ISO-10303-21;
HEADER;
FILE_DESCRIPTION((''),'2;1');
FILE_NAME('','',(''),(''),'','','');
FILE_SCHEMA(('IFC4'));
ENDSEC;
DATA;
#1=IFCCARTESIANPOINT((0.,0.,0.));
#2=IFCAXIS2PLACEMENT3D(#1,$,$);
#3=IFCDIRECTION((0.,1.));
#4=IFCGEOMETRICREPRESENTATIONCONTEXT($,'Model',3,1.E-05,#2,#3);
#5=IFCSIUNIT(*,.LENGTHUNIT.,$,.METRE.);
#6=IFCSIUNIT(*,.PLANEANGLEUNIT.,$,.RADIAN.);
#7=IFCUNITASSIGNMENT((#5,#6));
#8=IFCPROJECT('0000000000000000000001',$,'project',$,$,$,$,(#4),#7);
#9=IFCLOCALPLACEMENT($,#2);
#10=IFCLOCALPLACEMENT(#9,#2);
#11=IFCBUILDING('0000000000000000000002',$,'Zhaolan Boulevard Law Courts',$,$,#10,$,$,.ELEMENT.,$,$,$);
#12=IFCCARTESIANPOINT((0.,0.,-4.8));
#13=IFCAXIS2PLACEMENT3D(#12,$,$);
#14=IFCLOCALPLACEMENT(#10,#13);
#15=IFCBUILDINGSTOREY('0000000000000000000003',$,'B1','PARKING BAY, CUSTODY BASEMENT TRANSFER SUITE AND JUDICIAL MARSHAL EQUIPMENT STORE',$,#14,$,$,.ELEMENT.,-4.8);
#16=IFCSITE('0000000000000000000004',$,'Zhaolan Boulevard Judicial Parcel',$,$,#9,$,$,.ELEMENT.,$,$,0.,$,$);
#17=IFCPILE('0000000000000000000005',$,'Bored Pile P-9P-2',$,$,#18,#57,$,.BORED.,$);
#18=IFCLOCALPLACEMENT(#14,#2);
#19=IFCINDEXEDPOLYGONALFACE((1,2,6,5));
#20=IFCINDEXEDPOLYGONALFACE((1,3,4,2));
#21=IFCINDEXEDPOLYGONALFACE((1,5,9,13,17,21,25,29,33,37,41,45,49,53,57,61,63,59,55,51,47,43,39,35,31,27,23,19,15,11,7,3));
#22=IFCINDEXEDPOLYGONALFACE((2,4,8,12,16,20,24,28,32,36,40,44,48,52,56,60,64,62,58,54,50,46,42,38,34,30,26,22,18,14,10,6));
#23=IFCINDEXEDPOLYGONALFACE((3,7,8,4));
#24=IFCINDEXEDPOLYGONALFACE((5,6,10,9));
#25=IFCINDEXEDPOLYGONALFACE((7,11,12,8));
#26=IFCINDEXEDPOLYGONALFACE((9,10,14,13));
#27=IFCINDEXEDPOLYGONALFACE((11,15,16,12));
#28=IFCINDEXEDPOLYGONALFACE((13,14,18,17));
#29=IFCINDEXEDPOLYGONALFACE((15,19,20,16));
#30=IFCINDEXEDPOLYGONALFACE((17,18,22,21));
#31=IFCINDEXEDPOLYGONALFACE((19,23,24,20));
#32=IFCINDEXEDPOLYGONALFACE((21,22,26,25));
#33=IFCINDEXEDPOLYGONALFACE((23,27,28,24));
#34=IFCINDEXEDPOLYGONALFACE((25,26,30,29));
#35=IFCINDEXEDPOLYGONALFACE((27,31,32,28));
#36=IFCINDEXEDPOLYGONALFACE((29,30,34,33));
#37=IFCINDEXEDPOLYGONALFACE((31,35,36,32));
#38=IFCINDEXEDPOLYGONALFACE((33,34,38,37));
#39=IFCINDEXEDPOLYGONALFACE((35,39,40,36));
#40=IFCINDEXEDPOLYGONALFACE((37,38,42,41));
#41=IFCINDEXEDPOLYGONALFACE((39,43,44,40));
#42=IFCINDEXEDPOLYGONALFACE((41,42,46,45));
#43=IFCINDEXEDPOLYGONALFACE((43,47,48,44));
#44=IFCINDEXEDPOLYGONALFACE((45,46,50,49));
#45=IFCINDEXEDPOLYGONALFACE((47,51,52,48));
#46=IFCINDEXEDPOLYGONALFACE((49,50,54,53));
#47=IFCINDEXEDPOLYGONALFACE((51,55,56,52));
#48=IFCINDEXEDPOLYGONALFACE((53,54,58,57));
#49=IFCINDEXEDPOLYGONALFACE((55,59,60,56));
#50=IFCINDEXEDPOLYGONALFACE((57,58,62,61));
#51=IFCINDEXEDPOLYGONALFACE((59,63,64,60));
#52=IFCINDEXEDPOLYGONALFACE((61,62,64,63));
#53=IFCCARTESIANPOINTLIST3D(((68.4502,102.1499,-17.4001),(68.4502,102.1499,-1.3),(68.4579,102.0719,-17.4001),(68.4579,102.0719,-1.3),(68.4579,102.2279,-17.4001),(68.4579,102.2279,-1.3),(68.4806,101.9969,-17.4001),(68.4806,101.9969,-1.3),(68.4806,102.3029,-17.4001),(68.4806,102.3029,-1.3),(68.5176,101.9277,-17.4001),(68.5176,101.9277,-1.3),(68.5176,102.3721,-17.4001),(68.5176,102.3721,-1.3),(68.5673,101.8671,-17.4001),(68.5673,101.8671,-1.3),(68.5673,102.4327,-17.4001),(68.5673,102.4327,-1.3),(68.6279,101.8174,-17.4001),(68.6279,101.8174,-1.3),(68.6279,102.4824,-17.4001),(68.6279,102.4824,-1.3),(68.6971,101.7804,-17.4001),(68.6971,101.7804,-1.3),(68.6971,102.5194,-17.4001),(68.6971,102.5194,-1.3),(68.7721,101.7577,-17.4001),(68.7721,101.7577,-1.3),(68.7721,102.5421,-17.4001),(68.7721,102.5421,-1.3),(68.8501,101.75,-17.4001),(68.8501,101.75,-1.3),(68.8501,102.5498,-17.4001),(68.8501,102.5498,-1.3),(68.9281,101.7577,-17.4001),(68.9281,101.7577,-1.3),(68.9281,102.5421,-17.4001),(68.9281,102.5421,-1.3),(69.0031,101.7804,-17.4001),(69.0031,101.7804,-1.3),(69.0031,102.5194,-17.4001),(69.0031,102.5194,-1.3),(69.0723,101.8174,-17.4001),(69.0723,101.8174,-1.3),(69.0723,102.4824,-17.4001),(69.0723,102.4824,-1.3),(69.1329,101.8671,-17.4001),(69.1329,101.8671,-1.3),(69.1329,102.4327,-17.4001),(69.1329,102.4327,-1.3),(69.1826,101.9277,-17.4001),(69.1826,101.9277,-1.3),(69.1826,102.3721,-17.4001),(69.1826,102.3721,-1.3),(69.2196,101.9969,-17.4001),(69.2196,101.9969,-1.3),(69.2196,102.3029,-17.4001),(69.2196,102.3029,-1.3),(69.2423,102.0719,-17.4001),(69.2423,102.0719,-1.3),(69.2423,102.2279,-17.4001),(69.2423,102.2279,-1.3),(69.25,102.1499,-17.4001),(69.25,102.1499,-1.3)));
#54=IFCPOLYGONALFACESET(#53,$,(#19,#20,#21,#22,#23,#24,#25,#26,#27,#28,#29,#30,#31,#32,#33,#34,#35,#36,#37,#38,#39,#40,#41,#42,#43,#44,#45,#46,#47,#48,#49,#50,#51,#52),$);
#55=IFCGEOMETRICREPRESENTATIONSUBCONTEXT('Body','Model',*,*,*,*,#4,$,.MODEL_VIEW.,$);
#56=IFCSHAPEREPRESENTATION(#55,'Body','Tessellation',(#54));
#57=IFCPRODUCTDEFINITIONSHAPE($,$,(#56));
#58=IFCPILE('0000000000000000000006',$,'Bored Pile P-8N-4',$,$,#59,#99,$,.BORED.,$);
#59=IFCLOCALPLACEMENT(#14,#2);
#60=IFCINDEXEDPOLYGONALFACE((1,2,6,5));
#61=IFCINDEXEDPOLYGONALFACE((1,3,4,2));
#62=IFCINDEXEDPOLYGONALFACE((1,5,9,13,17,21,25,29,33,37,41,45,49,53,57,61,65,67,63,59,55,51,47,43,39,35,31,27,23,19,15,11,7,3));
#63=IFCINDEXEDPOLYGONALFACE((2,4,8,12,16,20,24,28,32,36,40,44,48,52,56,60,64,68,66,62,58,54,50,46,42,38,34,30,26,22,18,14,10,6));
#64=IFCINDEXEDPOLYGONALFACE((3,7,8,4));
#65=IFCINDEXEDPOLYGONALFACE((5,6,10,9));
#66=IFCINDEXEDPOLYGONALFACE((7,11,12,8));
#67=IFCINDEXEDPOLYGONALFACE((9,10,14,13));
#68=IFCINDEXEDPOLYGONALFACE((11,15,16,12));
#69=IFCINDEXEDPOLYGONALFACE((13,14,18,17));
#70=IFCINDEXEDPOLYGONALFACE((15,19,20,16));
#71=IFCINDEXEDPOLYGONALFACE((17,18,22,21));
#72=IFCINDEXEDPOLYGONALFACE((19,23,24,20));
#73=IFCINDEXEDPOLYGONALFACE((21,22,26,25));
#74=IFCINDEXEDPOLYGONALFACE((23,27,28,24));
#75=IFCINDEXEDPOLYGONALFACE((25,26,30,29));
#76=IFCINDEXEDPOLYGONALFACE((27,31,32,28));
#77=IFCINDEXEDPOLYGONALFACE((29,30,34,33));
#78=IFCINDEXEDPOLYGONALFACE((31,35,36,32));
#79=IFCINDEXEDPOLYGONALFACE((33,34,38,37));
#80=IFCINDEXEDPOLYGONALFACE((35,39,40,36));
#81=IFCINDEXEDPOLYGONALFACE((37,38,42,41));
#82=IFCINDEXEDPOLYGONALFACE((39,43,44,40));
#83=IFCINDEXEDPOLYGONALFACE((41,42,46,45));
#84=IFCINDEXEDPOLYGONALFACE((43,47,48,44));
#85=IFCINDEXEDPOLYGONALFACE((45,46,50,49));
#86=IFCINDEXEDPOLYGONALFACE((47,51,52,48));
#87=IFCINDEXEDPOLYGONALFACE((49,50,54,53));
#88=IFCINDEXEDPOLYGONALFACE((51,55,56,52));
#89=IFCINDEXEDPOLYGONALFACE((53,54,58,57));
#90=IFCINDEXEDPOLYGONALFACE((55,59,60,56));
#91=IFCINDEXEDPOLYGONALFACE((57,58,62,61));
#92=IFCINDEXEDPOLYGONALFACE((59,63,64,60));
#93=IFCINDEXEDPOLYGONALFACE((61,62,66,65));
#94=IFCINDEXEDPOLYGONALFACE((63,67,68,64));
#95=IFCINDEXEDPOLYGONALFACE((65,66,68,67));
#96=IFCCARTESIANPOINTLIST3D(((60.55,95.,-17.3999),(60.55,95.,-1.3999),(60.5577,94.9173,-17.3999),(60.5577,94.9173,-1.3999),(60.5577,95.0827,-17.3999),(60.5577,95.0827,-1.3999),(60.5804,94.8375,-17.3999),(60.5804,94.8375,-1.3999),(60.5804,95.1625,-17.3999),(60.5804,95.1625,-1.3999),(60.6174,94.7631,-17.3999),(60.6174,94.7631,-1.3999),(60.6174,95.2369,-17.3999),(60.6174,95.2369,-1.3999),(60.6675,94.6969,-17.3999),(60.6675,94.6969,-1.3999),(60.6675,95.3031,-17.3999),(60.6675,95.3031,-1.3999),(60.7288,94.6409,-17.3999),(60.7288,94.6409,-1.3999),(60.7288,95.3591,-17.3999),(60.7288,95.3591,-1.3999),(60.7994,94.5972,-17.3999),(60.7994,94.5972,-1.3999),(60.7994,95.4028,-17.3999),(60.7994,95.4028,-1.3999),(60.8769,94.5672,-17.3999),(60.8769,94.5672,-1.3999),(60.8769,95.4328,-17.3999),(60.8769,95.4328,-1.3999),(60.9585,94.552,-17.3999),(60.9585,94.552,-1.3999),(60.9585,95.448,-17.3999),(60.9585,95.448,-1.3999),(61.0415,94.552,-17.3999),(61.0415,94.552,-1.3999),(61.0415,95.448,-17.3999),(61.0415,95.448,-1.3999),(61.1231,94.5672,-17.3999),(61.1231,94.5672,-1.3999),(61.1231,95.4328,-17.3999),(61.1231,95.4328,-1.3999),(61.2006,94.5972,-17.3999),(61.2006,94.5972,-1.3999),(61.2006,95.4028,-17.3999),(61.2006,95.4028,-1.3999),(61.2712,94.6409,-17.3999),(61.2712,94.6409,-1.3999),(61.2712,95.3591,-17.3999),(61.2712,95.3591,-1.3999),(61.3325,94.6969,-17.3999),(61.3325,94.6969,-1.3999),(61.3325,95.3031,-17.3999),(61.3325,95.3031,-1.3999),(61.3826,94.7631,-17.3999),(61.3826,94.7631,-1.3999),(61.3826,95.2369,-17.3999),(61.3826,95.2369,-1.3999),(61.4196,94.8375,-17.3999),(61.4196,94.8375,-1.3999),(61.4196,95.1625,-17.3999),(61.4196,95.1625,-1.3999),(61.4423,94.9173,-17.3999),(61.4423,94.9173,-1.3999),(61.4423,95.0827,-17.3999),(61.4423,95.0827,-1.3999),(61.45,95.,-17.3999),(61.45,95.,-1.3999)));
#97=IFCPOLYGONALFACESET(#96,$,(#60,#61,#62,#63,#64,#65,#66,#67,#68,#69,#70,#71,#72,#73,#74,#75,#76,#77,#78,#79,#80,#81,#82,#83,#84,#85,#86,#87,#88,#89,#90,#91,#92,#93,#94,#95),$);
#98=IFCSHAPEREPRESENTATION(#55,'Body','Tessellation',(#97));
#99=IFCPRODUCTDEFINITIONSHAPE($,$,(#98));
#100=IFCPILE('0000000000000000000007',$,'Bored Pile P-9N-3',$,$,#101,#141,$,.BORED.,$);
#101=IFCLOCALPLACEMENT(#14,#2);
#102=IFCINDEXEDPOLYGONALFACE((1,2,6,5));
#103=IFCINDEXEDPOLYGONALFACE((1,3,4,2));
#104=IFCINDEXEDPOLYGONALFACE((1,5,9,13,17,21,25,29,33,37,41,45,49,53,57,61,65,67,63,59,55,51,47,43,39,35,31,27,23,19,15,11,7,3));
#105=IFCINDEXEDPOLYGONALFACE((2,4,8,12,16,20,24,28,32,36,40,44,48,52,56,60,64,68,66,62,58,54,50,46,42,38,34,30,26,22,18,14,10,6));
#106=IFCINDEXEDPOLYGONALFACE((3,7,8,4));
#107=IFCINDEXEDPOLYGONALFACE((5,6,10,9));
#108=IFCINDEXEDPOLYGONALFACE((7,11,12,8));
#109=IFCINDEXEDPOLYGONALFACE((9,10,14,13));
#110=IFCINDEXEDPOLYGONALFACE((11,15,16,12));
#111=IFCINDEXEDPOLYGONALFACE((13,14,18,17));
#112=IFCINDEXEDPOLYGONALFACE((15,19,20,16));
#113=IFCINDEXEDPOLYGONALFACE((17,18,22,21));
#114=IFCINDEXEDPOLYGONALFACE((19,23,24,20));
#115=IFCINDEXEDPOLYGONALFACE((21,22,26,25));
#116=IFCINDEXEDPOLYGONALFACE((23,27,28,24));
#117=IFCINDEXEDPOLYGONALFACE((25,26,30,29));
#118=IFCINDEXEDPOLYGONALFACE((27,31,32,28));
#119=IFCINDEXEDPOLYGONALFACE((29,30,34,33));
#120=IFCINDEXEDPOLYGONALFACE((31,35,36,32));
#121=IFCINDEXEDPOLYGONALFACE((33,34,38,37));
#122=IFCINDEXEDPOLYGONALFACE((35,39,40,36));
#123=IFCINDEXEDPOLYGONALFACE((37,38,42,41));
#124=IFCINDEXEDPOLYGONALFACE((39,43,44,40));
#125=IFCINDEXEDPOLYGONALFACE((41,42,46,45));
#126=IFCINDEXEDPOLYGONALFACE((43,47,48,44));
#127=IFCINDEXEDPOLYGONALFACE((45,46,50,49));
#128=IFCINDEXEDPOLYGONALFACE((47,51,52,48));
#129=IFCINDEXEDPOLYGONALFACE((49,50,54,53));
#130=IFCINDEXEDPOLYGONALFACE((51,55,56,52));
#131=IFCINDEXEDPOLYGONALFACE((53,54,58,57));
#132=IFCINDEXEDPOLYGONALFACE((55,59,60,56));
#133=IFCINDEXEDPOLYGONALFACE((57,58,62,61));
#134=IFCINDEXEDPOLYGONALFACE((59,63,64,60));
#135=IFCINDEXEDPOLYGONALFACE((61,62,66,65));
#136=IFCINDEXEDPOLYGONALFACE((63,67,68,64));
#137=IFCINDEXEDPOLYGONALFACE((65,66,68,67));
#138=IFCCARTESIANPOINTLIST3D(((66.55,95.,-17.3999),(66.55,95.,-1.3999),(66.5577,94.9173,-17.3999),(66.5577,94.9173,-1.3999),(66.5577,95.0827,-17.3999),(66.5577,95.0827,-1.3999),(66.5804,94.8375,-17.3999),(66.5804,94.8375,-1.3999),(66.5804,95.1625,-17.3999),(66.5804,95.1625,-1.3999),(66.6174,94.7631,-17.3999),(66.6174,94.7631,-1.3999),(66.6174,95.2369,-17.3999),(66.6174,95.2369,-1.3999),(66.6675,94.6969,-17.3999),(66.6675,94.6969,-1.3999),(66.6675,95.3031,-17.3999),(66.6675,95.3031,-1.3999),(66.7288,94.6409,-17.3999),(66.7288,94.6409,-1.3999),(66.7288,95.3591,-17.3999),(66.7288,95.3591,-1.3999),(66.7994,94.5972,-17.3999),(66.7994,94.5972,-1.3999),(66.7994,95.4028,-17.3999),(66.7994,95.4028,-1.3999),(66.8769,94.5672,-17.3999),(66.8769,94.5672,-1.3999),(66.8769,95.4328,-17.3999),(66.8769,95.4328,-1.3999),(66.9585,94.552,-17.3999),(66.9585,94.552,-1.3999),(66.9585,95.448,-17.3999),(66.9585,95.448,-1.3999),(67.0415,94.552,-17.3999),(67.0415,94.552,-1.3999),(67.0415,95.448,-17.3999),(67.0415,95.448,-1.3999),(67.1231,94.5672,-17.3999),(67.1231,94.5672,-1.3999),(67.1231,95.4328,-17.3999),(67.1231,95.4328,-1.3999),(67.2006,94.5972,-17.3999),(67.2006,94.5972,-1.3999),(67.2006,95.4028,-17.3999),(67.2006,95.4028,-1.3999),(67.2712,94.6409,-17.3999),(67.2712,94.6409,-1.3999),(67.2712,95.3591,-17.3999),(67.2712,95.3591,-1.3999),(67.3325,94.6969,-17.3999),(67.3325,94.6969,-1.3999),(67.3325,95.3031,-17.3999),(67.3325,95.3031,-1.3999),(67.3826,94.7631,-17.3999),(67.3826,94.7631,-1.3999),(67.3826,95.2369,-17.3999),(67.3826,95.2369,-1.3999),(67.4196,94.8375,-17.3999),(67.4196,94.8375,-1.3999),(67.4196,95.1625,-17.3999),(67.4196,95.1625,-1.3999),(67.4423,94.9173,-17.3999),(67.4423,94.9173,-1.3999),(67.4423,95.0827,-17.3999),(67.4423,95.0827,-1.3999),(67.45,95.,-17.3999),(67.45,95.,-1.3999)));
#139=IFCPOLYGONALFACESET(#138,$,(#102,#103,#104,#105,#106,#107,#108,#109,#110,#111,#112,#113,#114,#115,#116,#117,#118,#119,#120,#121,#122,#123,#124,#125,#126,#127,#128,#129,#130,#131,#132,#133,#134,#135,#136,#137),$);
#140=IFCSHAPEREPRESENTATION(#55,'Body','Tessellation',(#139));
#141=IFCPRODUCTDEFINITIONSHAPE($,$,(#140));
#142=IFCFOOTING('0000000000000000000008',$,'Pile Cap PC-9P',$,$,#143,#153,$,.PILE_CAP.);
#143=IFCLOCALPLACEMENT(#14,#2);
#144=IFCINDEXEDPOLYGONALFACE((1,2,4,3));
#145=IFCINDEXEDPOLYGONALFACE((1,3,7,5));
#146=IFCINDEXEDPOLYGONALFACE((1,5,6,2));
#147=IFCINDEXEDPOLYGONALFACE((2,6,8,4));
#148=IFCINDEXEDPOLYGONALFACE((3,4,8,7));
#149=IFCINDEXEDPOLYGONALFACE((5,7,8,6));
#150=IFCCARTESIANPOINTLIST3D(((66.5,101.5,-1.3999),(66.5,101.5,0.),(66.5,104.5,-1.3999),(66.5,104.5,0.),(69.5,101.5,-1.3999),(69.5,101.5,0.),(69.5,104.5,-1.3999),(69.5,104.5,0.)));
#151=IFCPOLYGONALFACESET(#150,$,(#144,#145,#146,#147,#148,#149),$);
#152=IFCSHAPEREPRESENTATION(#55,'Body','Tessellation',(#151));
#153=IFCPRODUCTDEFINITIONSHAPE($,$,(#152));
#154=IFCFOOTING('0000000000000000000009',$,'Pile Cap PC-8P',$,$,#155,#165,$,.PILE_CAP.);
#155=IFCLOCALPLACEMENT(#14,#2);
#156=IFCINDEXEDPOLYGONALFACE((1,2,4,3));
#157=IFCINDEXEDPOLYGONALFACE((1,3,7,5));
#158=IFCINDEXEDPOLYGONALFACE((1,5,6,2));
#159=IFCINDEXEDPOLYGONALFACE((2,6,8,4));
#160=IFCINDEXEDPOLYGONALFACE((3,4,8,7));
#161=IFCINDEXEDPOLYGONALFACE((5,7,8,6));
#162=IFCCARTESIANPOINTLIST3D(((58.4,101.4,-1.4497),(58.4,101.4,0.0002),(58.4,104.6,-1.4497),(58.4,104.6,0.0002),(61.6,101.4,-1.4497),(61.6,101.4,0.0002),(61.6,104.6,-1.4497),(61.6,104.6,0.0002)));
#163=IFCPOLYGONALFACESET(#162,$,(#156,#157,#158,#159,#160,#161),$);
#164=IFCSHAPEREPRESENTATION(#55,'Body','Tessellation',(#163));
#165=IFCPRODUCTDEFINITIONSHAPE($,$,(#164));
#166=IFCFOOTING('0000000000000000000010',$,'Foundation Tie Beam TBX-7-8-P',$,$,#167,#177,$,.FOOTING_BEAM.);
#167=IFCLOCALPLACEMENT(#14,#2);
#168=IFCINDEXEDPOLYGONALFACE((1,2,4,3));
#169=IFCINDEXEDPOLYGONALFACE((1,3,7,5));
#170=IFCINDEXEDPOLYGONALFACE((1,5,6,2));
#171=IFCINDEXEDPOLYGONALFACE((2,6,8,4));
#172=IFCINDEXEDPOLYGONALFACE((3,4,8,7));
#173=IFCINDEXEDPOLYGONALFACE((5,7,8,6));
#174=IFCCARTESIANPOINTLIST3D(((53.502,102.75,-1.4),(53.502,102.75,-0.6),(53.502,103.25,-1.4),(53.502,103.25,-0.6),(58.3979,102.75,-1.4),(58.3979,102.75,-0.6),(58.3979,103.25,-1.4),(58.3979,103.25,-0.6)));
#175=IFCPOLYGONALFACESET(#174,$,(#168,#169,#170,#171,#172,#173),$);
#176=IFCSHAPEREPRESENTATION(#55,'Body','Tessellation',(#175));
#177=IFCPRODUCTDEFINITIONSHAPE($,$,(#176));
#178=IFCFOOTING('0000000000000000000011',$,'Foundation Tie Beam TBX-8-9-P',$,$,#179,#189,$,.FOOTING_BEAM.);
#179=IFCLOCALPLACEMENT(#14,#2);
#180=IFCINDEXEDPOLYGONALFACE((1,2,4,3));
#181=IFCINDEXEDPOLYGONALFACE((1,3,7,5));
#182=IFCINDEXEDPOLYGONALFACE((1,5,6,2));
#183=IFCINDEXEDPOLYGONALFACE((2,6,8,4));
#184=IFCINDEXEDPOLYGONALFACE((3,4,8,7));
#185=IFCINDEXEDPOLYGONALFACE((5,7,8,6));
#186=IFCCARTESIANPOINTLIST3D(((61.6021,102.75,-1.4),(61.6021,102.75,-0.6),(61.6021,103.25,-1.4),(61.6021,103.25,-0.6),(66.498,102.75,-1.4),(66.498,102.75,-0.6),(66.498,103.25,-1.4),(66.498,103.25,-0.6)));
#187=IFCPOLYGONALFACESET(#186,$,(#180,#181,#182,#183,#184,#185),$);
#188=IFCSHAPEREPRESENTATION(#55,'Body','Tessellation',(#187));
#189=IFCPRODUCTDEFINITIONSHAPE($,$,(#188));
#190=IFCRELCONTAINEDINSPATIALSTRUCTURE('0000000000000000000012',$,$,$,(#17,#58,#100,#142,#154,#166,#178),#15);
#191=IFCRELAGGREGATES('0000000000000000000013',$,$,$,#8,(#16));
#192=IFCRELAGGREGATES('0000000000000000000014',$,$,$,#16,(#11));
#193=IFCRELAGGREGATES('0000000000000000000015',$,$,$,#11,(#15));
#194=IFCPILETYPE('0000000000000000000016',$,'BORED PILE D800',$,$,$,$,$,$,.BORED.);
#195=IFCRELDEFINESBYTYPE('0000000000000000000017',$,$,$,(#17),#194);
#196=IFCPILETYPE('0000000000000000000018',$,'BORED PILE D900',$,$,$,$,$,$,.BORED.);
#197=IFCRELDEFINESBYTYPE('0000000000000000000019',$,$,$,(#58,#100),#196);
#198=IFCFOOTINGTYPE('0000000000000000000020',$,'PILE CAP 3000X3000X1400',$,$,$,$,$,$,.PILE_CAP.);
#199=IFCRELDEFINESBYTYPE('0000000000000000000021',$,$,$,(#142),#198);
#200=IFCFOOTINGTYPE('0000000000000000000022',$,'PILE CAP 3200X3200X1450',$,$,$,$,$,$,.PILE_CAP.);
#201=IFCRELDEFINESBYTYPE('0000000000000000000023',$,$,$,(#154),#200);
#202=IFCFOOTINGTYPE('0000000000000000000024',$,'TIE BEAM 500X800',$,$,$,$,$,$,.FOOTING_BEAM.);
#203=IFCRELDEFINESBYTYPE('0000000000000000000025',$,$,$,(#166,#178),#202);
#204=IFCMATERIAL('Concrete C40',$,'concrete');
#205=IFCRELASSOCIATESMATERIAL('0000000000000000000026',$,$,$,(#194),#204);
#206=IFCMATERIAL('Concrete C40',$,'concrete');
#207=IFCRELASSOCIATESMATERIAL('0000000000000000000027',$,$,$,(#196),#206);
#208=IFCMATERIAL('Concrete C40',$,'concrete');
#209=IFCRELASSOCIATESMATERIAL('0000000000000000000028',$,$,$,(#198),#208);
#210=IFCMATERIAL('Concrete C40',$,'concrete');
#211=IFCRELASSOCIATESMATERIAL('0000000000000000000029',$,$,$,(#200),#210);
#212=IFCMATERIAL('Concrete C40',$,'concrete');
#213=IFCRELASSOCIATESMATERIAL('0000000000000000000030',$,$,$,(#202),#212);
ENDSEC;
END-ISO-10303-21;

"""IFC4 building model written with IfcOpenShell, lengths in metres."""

from ifc_helpers import new_model, si_unit, direction, frame, origin, origin_2d, place, context, subcontext, project, spatial, rectangle, circle, extrude, material, material_profile, profile_set, type_object, element, save


model = new_model("IFC4")

# Units and contexts
model_context = context("Model", 3, precision=1e-05, world=origin(), true_north=direction((0.0, 1.0)))
body_context = subcontext(model_context, "Body", "Model", "MODEL_VIEW")
ifc_project = project(units=[si_unit("LENGTHUNIT", "METRE"), si_unit("PLANEANGLEUNIT", "RADIAN")], contexts=[model_context])

# Site, building, storey
site_placement = place(None, origin())
site = spatial("IfcSite", under=ifc_project, at=site_placement, Name="Zhaolan Boulevard Judicial Parcel", CompositionType="ELEMENT", RefElevation=0.0)
building_placement = place(site_placement, origin())
building = spatial("IfcBuilding", under=site, at=building_placement, Name="Zhaolan Boulevard Law Courts", CompositionType="ELEMENT")
storey_placement = place(building_placement, frame((0.0, 0.0, -4.8)))
storey = spatial("IfcBuildingStorey", under=building, at=storey_placement, Name="B1", Description="PARKING BAY, CUSTODY BASEMENT TRANSFER SUITE AND JUDICIAL MARSHAL EQUIPMENT STORE", CompositionType="ELEMENT", Elevation=-4.8)

# Piles
ifc_material_1 = material(Name="Concrete C40", Category="concrete")
ifc_material_profile_1 = material_profile(ifc_material_1, circle(Radius=0.3999, at=origin_2d()), Name="PILE-D800")
ifc_profile_set_1 = profile_set([ifc_material_profile_1], Name="Concrete C40")
pile_type_1 = type_object("IfcPileType", Name="BORED PILE D800", PredefinedType="BORED", material=ifc_profile_set_1)
for number, where, z_axis, x_axis, name in (
    (1, (68.8501, 102.1499, -1.3), (0.0, 0.0, -1.0), (1.0, 0.0, 0.0), "Bored Pile P-9P-2"),
):
    element("IfcPile", number, at=place(storey_placement, frame(where, z_axis=z_axis, x_axis=x_axis)), inside=storey, type_object=pile_type_1, Name=name, PredefinedType="BORED", context=body_context, shape_type="SweptSolid", body=[
        extrude(circle(Radius=0.3999, at=origin_2d()), origin(), (0.0, 0.0, 1.0), 16.1001),
    ])
ifc_material_2 = material(Name="Concrete C40", Category="concrete")
ifc_material_profile_2 = material_profile(ifc_material_2, circle(Radius=0.45, at=origin_2d()), Name="PILE-D900")
ifc_profile_set_2 = profile_set([ifc_material_profile_2], Name="Concrete C40")
pile_type_2 = type_object("IfcPileType", Name="BORED PILE D900", PredefinedType="BORED", material=ifc_profile_set_2)
for number, where, z_axis, x_axis, name in (
    (2, (61.0, 95.0, -1.3999), (0.0, 0.0, -1.0), (1.0, 0.0, 0.0), "Bored Pile P-8N-4"),
    (3, (67.0, 95.0, -1.3999), (0.0, 0.0, -1.0), (1.0, 0.0, 0.0), "Bored Pile P-9N-3"),
):
    element("IfcPile", number, at=place(storey_placement, frame(where, z_axis=z_axis, x_axis=x_axis)), inside=storey, type_object=pile_type_2, Name=name, PredefinedType="BORED", context=body_context, shape_type="SweptSolid", body=[
        extrude(circle(Radius=0.45, at=origin_2d()), origin(), (0.0, 0.0, 1.0), 16.0),
    ])

# Footings
ifc_material_3 = material(Name="Concrete C40", Category="concrete")
footing_type_1 = type_object("IfcFootingType", Name="PILE CAP 3000X3000X1400", PredefinedType="PILE_CAP", material=ifc_material_3)
footing_1_placement = place(storey_placement, frame((68.0, 103.0, -1.3999), z_axis=(0.0, 0.0, 1.0), x_axis=(1.0, 0.0, 0.0)))
element("IfcFooting", 4, at=footing_1_placement, inside=storey, type_object=footing_type_1, Name="Pile Cap PC-9P", PredefinedType="PILE_CAP", context=body_context, shape_type="SweptSolid", body=[
    extrude(rectangle(XDim=3.0, YDim=3.0, at=origin_2d()), origin(), (0.0, 0.0, 1.0), 1.3999),
])
ifc_material_4 = material(Name="Concrete C40", Category="concrete")
footing_type_2 = type_object("IfcFootingType", Name="PILE CAP 3200X3200X1450", PredefinedType="PILE_CAP", material=ifc_material_4)
footing_2_placement = place(storey_placement, frame((60.0, 103.0, -1.4497), z_axis=(0.0, 0.0, 1.0), x_axis=(1.0, 0.0, 0.0)))
element("IfcFooting", 5, at=footing_2_placement, inside=storey, type_object=footing_type_2, Name="Pile Cap PC-8P", PredefinedType="PILE_CAP", context=body_context, shape_type="SweptSolid", body=[
    extrude(rectangle(XDim=3.2, YDim=3.2, at=origin_2d()), origin(), (0.0, 0.0, 1.0), 1.45),
])
ifc_material_5 = material(Name="Concrete C40", Category="concrete")
ifc_material_profile_3 = material_profile(ifc_material_5, rectangle(XDim=0.5, YDim=0.8, at=origin_2d()), Name="RC500x800")
ifc_profile_set_3 = profile_set([ifc_material_profile_3], Name="Concrete C40")
footing_type_3 = type_object("IfcFootingType", Name="TIE BEAM 500X800", PredefinedType="FOOTING_BEAM", material=ifc_profile_set_3)
for number, where, z_axis, x_axis, name in (
    (6, (53.502, 103.0, -1.0), (1.0, 0.0, 0.0), (0.0, 1.0, 0.0), "Foundation Tie Beam TBX-7-8-P"),
    (7, (61.6021, 103.0, -1.0), (1.0, 0.0, 0.0), (0.0, 1.0, 0.0), "Foundation Tie Beam TBX-8-9-P"),
):
    element("IfcFooting", number, at=place(storey_placement, frame(where, z_axis=z_axis, x_axis=x_axis)), inside=storey, type_object=footing_type_3, Name=name, PredefinedType="FOOTING_BEAM", context=body_context, shape_type="SweptSolid", body=[
        extrude(rectangle(XDim=0.5, YDim=0.8, at=origin_2d()), origin(), (0.0, 0.0, 1.0), 4.896),
    ])

save(model, "model.ifc")
